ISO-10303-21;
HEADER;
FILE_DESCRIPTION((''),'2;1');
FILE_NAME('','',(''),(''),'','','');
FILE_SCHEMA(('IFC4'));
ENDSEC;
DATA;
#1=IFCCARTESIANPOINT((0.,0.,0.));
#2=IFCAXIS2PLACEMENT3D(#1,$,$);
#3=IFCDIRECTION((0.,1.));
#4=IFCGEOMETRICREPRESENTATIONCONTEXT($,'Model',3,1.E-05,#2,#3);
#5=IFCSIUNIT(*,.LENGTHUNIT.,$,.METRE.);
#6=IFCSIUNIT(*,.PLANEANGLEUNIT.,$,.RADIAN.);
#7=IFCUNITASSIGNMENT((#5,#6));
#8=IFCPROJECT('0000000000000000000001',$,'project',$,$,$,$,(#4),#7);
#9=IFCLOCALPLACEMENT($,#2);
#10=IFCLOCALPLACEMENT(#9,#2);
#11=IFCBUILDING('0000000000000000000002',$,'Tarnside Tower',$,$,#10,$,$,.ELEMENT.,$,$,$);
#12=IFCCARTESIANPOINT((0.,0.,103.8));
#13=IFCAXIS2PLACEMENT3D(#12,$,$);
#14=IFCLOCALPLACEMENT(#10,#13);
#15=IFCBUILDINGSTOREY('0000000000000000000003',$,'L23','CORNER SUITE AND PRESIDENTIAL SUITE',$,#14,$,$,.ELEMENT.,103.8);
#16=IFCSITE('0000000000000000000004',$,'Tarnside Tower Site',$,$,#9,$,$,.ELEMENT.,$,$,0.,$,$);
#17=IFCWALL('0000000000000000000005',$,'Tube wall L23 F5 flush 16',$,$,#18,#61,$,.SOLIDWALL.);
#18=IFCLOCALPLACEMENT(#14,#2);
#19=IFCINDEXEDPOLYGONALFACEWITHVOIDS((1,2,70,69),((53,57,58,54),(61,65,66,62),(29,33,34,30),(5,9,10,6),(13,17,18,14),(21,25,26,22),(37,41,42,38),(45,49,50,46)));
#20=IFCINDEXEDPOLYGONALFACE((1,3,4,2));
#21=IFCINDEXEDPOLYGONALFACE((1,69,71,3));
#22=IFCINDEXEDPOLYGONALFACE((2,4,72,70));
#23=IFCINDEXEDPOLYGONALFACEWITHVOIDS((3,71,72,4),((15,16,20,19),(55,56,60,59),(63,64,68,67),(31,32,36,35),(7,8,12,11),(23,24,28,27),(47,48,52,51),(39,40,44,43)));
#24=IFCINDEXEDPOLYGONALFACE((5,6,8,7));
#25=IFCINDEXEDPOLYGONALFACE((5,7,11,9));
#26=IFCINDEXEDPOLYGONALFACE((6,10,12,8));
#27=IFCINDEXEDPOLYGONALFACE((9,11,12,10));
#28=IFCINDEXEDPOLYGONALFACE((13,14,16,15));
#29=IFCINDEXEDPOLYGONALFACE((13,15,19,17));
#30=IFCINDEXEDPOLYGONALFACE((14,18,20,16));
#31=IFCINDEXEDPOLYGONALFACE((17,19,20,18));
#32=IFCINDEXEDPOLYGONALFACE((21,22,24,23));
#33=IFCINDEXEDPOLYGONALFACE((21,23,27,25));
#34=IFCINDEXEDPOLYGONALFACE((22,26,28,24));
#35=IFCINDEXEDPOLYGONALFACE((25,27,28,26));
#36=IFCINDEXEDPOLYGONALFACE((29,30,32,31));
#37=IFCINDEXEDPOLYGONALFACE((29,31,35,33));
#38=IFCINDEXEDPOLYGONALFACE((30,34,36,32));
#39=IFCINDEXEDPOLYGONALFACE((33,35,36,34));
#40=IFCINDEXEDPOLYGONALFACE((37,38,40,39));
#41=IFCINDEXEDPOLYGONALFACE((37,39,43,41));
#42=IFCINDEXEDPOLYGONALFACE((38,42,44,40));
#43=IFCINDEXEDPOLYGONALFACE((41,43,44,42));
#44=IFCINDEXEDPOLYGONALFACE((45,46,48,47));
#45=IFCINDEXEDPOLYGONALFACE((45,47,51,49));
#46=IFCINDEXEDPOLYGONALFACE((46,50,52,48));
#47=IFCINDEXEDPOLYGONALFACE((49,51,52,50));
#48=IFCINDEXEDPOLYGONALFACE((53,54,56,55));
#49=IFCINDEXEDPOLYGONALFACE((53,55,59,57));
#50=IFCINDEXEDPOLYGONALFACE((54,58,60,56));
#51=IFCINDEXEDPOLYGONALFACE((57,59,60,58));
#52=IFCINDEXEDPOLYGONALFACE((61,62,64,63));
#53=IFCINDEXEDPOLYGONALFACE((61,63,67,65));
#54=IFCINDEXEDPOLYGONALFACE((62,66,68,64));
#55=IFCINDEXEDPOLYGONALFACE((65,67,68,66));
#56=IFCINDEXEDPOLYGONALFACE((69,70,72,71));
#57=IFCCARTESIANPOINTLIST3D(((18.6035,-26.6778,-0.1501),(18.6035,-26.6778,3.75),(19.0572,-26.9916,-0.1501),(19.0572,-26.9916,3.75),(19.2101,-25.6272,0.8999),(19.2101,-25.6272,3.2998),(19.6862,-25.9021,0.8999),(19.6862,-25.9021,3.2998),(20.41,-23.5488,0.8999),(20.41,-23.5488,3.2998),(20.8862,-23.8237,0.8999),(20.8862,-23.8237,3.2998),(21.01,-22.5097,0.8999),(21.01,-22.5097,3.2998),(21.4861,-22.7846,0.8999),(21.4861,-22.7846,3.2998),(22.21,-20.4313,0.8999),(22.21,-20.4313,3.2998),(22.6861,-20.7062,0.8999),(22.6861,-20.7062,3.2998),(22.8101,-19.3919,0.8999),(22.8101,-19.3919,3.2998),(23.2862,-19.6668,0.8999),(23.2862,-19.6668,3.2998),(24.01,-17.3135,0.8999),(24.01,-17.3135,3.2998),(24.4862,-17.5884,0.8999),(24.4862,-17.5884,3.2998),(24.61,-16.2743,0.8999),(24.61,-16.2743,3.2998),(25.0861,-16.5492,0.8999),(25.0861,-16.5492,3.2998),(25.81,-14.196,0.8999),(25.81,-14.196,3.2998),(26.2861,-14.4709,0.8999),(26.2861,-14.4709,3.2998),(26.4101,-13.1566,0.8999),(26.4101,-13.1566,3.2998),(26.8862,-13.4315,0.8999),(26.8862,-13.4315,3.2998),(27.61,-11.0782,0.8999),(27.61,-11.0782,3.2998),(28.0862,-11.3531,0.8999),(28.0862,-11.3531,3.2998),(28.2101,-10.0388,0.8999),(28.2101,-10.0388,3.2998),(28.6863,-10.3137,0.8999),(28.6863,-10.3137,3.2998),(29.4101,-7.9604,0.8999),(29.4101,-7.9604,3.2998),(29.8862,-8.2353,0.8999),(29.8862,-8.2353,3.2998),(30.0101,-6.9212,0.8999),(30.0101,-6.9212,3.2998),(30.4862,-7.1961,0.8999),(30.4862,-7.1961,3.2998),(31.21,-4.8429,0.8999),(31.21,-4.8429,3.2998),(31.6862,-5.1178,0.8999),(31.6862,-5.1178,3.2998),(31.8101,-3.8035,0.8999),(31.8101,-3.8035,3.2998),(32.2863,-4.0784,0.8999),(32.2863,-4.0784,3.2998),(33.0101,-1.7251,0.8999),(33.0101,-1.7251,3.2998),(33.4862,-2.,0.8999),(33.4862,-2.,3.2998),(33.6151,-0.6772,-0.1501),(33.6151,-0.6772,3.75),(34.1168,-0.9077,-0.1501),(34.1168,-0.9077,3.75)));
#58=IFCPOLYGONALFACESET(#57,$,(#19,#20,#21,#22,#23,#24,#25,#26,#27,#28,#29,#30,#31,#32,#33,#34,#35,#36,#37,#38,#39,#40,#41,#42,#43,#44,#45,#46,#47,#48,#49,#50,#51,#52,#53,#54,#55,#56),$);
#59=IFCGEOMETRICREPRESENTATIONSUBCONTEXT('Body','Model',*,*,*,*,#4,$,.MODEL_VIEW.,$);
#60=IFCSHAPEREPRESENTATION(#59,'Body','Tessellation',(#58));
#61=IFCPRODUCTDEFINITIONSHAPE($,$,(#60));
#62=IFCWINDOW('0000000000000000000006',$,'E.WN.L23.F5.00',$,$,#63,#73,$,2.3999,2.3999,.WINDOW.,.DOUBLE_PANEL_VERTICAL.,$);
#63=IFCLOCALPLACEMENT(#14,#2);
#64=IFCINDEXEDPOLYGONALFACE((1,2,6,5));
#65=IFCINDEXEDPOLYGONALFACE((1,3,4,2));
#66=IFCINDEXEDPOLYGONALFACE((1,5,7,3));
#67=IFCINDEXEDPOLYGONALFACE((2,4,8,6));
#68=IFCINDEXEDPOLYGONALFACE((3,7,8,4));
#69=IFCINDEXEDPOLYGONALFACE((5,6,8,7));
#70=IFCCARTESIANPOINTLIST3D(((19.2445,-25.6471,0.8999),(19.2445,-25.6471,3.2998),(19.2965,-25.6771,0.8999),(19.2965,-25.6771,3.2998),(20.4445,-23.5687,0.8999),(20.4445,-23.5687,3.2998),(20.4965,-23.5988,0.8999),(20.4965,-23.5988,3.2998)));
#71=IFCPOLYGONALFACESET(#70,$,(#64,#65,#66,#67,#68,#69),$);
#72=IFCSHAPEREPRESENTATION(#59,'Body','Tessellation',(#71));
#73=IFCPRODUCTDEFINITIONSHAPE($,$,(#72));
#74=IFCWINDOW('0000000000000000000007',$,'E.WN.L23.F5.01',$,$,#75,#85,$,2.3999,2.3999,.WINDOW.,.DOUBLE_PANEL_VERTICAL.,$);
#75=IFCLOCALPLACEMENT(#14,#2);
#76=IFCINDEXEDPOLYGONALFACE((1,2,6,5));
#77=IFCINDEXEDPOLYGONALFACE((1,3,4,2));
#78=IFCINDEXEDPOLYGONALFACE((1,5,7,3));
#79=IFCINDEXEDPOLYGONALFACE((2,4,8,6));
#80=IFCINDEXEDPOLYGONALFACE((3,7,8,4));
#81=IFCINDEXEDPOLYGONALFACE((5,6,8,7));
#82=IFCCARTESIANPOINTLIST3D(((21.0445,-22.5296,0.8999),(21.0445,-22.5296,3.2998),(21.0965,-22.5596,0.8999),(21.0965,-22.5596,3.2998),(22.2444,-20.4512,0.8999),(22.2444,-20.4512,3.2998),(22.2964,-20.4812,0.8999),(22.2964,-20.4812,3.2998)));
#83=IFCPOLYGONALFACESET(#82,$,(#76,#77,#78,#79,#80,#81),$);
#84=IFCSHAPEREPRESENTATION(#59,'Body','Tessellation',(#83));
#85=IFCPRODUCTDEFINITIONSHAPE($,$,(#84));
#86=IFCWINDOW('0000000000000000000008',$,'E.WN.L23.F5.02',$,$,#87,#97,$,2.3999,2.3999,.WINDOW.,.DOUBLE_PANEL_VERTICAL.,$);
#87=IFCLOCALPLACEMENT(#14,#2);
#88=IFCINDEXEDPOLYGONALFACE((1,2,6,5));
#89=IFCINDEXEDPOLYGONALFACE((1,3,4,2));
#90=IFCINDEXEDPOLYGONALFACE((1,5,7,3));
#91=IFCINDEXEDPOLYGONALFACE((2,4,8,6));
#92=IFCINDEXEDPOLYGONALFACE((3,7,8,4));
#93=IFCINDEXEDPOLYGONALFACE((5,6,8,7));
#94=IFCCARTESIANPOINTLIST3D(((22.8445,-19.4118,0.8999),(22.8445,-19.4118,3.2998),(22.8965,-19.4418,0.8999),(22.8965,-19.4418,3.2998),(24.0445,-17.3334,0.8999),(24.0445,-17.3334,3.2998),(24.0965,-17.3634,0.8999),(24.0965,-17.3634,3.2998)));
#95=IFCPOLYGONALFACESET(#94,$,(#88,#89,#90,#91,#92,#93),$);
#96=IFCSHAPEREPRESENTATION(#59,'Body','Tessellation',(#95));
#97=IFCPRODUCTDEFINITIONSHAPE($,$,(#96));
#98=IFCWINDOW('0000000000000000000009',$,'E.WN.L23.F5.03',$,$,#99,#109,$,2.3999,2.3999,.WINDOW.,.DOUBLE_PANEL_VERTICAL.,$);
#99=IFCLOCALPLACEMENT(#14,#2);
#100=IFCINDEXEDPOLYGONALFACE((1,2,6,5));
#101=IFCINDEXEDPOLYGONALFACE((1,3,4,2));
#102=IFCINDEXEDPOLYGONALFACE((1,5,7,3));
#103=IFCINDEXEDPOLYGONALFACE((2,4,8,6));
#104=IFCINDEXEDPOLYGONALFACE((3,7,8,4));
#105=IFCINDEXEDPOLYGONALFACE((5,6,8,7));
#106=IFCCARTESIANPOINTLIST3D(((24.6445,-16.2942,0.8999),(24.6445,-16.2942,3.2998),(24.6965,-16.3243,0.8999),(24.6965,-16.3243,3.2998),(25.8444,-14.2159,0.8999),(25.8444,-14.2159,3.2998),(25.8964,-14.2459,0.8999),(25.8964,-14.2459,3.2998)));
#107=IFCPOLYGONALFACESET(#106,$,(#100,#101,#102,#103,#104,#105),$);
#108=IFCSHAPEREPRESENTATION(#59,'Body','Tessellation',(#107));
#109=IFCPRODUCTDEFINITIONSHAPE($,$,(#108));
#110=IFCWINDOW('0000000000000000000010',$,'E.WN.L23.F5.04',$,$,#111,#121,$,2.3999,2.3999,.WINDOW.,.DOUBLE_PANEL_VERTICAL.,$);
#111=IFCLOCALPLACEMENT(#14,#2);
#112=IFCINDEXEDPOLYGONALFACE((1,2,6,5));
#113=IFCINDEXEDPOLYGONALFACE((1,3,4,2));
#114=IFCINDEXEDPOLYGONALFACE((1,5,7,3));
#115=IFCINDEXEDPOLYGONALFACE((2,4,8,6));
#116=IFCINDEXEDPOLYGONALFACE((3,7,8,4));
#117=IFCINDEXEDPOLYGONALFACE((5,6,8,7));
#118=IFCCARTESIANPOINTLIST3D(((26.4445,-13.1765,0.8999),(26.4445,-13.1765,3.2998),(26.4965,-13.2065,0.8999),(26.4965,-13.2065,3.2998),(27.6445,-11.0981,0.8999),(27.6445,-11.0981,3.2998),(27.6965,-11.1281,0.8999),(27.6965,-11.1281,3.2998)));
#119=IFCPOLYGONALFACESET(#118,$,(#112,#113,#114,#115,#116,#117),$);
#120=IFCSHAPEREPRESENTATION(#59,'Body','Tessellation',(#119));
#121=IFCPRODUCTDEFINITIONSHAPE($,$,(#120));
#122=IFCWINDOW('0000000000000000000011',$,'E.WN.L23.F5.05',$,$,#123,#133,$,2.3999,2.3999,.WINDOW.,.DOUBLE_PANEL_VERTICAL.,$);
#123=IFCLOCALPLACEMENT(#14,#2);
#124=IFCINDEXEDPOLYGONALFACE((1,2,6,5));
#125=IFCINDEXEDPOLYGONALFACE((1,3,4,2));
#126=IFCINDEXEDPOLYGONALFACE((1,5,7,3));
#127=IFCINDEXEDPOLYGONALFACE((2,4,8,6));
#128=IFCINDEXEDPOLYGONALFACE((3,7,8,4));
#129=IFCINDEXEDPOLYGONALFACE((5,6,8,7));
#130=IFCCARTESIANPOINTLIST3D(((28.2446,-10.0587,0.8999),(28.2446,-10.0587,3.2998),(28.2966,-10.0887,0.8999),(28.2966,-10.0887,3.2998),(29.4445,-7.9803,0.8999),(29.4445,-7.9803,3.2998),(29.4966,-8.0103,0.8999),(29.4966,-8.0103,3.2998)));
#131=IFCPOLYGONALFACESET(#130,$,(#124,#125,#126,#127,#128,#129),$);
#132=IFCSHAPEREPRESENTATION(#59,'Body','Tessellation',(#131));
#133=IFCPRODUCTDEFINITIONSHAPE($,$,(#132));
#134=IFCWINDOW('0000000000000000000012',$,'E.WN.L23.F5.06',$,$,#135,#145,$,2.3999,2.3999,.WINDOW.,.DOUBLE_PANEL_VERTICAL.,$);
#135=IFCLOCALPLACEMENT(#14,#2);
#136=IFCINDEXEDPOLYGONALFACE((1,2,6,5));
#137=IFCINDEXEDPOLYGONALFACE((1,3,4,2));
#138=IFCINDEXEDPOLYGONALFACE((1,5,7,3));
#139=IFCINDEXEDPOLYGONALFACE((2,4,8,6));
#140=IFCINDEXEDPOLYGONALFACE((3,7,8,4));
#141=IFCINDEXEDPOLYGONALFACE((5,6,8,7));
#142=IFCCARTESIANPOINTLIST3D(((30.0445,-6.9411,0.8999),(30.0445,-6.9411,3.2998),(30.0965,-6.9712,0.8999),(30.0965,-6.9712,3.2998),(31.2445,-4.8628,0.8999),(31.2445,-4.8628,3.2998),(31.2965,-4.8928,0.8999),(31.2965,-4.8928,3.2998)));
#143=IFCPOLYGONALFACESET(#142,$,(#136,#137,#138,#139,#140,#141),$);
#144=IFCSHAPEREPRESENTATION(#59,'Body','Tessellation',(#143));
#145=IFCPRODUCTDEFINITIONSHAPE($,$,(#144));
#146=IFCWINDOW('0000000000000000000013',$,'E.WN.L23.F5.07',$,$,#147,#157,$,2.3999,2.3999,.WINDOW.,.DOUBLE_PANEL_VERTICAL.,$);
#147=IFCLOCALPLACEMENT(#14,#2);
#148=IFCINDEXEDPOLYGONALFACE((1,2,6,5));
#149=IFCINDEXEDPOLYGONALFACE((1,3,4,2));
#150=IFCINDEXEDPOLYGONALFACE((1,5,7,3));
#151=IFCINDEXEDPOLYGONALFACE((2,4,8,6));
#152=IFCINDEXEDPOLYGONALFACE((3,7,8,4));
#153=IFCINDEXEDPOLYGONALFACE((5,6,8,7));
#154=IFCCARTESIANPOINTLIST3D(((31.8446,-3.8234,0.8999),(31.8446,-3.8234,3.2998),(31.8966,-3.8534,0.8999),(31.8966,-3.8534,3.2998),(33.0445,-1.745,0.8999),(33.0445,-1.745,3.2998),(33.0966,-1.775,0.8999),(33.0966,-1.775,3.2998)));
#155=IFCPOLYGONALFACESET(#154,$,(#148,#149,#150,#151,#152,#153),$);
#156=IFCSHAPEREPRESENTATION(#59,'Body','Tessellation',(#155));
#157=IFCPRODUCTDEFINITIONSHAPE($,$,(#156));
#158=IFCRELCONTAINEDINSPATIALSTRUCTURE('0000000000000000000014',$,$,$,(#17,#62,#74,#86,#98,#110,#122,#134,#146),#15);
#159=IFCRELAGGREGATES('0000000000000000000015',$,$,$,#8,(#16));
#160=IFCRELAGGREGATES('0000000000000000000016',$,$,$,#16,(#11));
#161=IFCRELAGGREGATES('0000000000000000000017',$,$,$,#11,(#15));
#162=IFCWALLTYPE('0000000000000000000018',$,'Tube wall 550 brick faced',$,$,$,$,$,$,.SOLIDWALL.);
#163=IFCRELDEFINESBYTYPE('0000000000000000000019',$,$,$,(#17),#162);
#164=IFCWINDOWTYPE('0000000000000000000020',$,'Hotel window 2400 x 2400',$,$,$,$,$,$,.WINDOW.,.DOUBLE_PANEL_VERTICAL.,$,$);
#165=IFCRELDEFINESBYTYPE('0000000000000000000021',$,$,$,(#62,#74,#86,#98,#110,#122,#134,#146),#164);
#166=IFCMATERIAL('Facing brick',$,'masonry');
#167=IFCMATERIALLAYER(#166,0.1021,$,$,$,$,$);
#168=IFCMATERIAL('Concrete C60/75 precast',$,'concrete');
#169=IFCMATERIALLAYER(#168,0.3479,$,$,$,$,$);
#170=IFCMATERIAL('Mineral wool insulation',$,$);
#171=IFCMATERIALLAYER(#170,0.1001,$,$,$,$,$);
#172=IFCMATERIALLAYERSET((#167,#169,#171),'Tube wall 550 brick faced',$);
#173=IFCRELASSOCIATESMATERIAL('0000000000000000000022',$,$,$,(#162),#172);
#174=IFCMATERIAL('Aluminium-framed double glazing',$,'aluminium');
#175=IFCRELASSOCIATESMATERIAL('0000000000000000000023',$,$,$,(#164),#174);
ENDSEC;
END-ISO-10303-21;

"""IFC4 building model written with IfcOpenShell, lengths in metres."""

from ifc_helpers import new_model, si_unit, direction, frame, frame_2d, origin, place, context, subcontext, project, spatial, polyline, rectangle, outline, extrude, material, layer, layer_set, type_object, element, fill, save


model = new_model("IFC4")

# Units and contexts
model_context = context("Model", 3, precision=1e-05, world=origin(), true_north=direction((0.0, 1.0)))
body_context = subcontext(model_context, "Body", "Model", "MODEL_VIEW")
ifc_project = project(units=[si_unit("LENGTHUNIT", "METRE"), si_unit("PLANEANGLEUNIT", "RADIAN")], contexts=[model_context])

# Site, building, storey
site_placement = place(None, origin())
site = spatial("IfcSite", under=ifc_project, at=site_placement, Name="Tarnside Tower Site", CompositionType="ELEMENT", RefElevation=0.0)
building_placement = place(site_placement, origin())
building = spatial("IfcBuilding", under=site, at=building_placement, Name="Tarnside Tower", CompositionType="ELEMENT")
storey_placement = place(building_placement, frame((0.0, 0.0, 103.8)))
storey = spatial("IfcBuildingStorey", under=building, at=storey_placement, Name="L23", Description="CORNER SUITE AND PRESIDENTIAL SUITE", CompositionType="ELEMENT", Elevation=103.8)

# Shared definitions
ifc_material_1 = material(Name="Facing brick", Category="masonry")
ifc_layer_1 = layer(ifc_material_1, 0.1021)
ifc_material_2 = material(Name="Concrete C60/75 precast", Category="concrete")
ifc_layer_2 = layer(ifc_material_2, 0.3479)
ifc_material_3 = material(Name="Mineral wool insulation")
ifc_layer_3 = layer(ifc_material_3, 0.1001)
ifc_layer_set_1 = layer_set([ifc_layer_1, ifc_layer_2, ifc_layer_3], Name="Tube wall 550 brick faced")
wall_type_1 = type_object("IfcWallType", Name="Tube wall 550 brick faced", PredefinedType="SOLIDWALL", material=ifc_layer_set_1)

# Wall, openings, windows
wall_1_placement = place(storey_placement, frame((18.8303, -26.8347, -0.1501), z_axis=(0.0, 0.0, 1.0), x_axis=(0.500004, 0.866023, 0.0)))
wall_1 = element("IfcWall", 1, at=wall_1_placement, inside=storey, type_object=wall_type_1, Name="Tube wall L23 F5 flush 16", PredefinedType="SOLIDWALL", context=body_context, shape_type="SweptSolid", body=[
    extrude(outline(polyline([(-0.0225, -0.2749), (30.0967, -0.2749), (30.0454, 0.2749), (0.0225, 0.2749), (-0.0225, -0.2749)])), origin(), (0.0, 0.0, 1.0), 3.9001),
])
opening_1_placement = place(wall_1_placement, frame((1.2356, 0.0, 1.05)))
opening_1 = element("IfcOpeningElement", 2, at=opening_1_placement, cuts=wall_1, PredefinedType="OPENING", context=body_context, shape_type="SweptSolid", body=[
    extrude(rectangle(XDim=2.3999, YDim=2.3999, at=frame_2d((1.2, 1.2))), frame((0.0, 0.2852, 0.0), z_axis=(0.0, -1.0, 0.0), x_axis=(1.0, 0.0, 0.0)), (0.0, 0.0, 1.0), 0.5701),
])
opening_2_placement = place(wall_1_placement, frame((4.8354, 0.0, 1.05)))
opening_2 = element("IfcOpeningElement", 3, at=opening_2_placement, cuts=wall_1, PredefinedType="OPENING", context=body_context, shape_type="SweptSolid", body=[
    extrude(rectangle(XDim=2.3999, YDim=2.3999, at=frame_2d((1.2, 1.2))), frame((0.0, 0.2852, 0.0), z_axis=(0.0, -1.0, 0.0), x_axis=(1.0, 0.0, 0.0)), (0.0, 0.0, 1.0), 0.5701),
])
opening_3_placement = place(wall_1_placement, frame((8.4355, 0.0, 1.05)))
opening_3 = element("IfcOpeningElement", 4, at=opening_3_placement, cuts=wall_1, PredefinedType="OPENING", context=body_context, shape_type="SweptSolid", body=[
    extrude(rectangle(XDim=2.3999, YDim=2.3999, at=frame_2d((1.2, 1.2))), frame((0.0, 0.2852, 0.0), z_axis=(0.0, -1.0, 0.0), x_axis=(1.0, 0.0, 0.0)), (0.0, 0.0, 1.0), 0.5701),
])
opening_4_placement = place(wall_1_placement, frame((12.0354, 0.0, 1.05)))
opening_4 = element("IfcOpeningElement", 5, at=opening_4_placement, cuts=wall_1, PredefinedType="OPENING", context=body_context, shape_type="SweptSolid", body=[
    extrude(rectangle(XDim=2.3999, YDim=2.3999, at=frame_2d((1.2, 1.2))), frame((0.0, 0.2852, 0.0), z_axis=(0.0, -1.0, 0.0), x_axis=(1.0, 0.0, 0.0)), (0.0, 0.0, 1.0), 0.5701),
])
opening_5_placement = place(wall_1_placement, frame((15.6355, 0.0, 1.05)))
opening_5 = element("IfcOpeningElement", 6, at=opening_5_placement, cuts=wall_1, PredefinedType="OPENING", context=body_context, shape_type="SweptSolid", body=[
    extrude(rectangle(XDim=2.3999, YDim=2.3999, at=frame_2d((1.2, 1.2))), frame((0.0, 0.2852, 0.0), z_axis=(0.0, -1.0, 0.0), x_axis=(1.0, 0.0, 0.0)), (0.0, 0.0, 1.0), 0.5701),
])
opening_6_placement = place(wall_1_placement, frame((19.2356, 0.0, 1.05)))
opening_6 = element("IfcOpeningElement", 7, at=opening_6_placement, cuts=wall_1, PredefinedType="OPENING", context=body_context, shape_type="SweptSolid", body=[
    extrude(rectangle(XDim=2.3999, YDim=2.3999, at=frame_2d((1.2, 1.2))), frame((0.0, 0.2852, 0.0), z_axis=(0.0, -1.0, 0.0), x_axis=(1.0, 0.0, 0.0)), (0.0, 0.0, 1.0), 0.5701),
])
opening_7_placement = place(wall_1_placement, frame((22.8354, 0.0, 1.05)))
opening_7 = element("IfcOpeningElement", 8, at=opening_7_placement, cuts=wall_1, PredefinedType="OPENING", context=body_context, shape_type="SweptSolid", body=[
    extrude(rectangle(XDim=2.3999, YDim=2.3999, at=frame_2d((1.2, 1.2))), frame((0.0, 0.2852, 0.0), z_axis=(0.0, -1.0, 0.0), x_axis=(1.0, 0.0, 0.0)), (0.0, 0.0, 1.0), 0.5701),
])
opening_8_placement = place(wall_1_placement, frame((26.4355, 0.0, 1.05)))
opening_8 = element("IfcOpeningElement", 9, at=opening_8_placement, cuts=wall_1, PredefinedType="OPENING", context=body_context, shape_type="SweptSolid", body=[
    extrude(rectangle(XDim=2.3999, YDim=2.3999, at=frame_2d((1.2, 1.2))), frame((0.0, 0.2852, 0.0), z_axis=(0.0, -1.0, 0.0), x_axis=(1.0, 0.0, 0.0)), (0.0, 0.0, 1.0), 0.5701),
])
ifc_material_4 = material(Name="Aluminium-framed double glazing", Category="aluminium")
window_type = type_object("IfcWindowType", Name="Hotel window 2400 x 2400", PartitioningType="DOUBLE_PANEL_VERTICAL", PredefinedType="WINDOW", material=ifc_material_4)
window_1_placement = place(opening_1_placement, frame((0.0, 0.2051, 0.0)))
window_1 = element("IfcWindow", 10, at=window_1_placement, inside=storey, type_object=window_type, Name="E.WN.L23.F5.00", OverallHeight=2.3999, OverallWidth=2.3999, PartitioningType="DOUBLE_PANEL_VERTICAL", PredefinedType="WINDOW", context=body_context, shape_type="SweptSolid", body=[
    extrude(rectangle(XDim=2.3999, YDim=2.3999, at=frame_2d((1.2, 1.2))), frame((0.0, 0.03, 0.0), z_axis=(0.0, -1.0, 0.0), x_axis=(1.0, 0.0, 0.0)), (0.0, 0.0, 1.0), 0.0601),
])
fill(opening_1, window_1)
window_2_placement = place(opening_2_placement, frame((0.0, 0.2051, 0.0)))
window_2 = element("IfcWindow", 11, at=window_2_placement, inside=storey, type_object=window_type, Name="E.WN.L23.F5.01", OverallHeight=2.3999, OverallWidth=2.3999, PartitioningType="DOUBLE_PANEL_VERTICAL", PredefinedType="WINDOW", context=body_context, shape_type="SweptSolid", body=[
    extrude(rectangle(XDim=2.3999, YDim=2.3999, at=frame_2d((1.2, 1.2))), frame((0.0, 0.03, 0.0), z_axis=(0.0, -1.0, 0.0), x_axis=(1.0, 0.0, 0.0)), (0.0, 0.0, 1.0), 0.0601),
])
fill(opening_2, window_2)
window_3_placement = place(opening_3_placement, frame((0.0, 0.2051, 0.0)))
window_3 = element("IfcWindow", 12, at=window_3_placement, inside=storey, type_object=window_type, Name="E.WN.L23.F5.02", OverallHeight=2.3999, OverallWidth=2.3999, PartitioningType="DOUBLE_PANEL_VERTICAL", PredefinedType="WINDOW", context=body_context, shape_type="SweptSolid", body=[
    extrude(rectangle(XDim=2.3999, YDim=2.3999, at=frame_2d((1.2, 1.2))), frame((0.0, 0.03, 0.0), z_axis=(0.0, -1.0, 0.0), x_axis=(1.0, 0.0, 0.0)), (0.0, 0.0, 1.0), 0.0601),
])
fill(opening_3, window_3)
window_4_placement = place(opening_4_placement, frame((0.0, 0.2051, 0.0)))
window_4 = element("IfcWindow", 13, at=window_4_placement, inside=storey, type_object=window_type, Name="E.WN.L23.F5.03", OverallHeight=2.3999, OverallWidth=2.3999, PartitioningType="DOUBLE_PANEL_VERTICAL", PredefinedType="WINDOW", context=body_context, shape_type="SweptSolid", body=[
    extrude(rectangle(XDim=2.3999, YDim=2.3999, at=frame_2d((1.2, 1.2))), frame((0.0, 0.03, 0.0), z_axis=(0.0, -1.0, 0.0), x_axis=(1.0, 0.0, 0.0)), (0.0, 0.0, 1.0), 0.0601),
])
fill(opening_4, window_4)
window_5_placement = place(opening_5_placement, frame((0.0, 0.2051, 0.0)))
window_5 = element("IfcWindow", 14, at=window_5_placement, inside=storey, type_object=window_type, Name="E.WN.L23.F5.04", OverallHeight=2.3999, OverallWidth=2.3999, PartitioningType="DOUBLE_PANEL_VERTICAL", PredefinedType="WINDOW", context=body_context, shape_type="SweptSolid", body=[
    extrude(rectangle(XDim=2.3999, YDim=2.3999, at=frame_2d((1.2, 1.2))), frame((0.0, 0.03, 0.0), z_axis=(0.0, -1.0, 0.0), x_axis=(1.0, 0.0, 0.0)), (0.0, 0.0, 1.0), 0.0601),
])
fill(opening_5, window_5)
window_6_placement = place(opening_6_placement, frame((0.0, 0.2051, 0.0)))
window_6 = element("IfcWindow", 15, at=window_6_placement, inside=storey, type_object=window_type, Name="E.WN.L23.F5.05", OverallHeight=2.3999, OverallWidth=2.3999, PartitioningType="DOUBLE_PANEL_VERTICAL", PredefinedType="WINDOW", context=body_context, shape_type="SweptSolid", body=[
    extrude(rectangle(XDim=2.3999, YDim=2.3999, at=frame_2d((1.2, 1.2))), frame((0.0, 0.03, 0.0), z_axis=(0.0, -1.0, 0.0), x_axis=(1.0, 0.0, 0.0)), (0.0, 0.0, 1.0), 0.0601),
])
fill(opening_6, window_6)
window_7_placement = place(opening_7_placement, frame((0.0, 0.2051, 0.0)))
window_7 = element("IfcWindow", 16, at=window_7_placement, inside=storey, type_object=window_type, Name="E.WN.L23.F5.06", OverallHeight=2.3999, OverallWidth=2.3999, PartitioningType="DOUBLE_PANEL_VERTICAL", PredefinedType="WINDOW", context=body_context, shape_type="SweptSolid", body=[
    extrude(rectangle(XDim=2.3999, YDim=2.3999, at=frame_2d((1.2, 1.2))), frame((0.0, 0.03, 0.0), z_axis=(0.0, -1.0, 0.0), x_axis=(1.0, 0.0, 0.0)), (0.0, 0.0, 1.0), 0.0601),
])
fill(opening_7, window_7)
window_8_placement = place(opening_8_placement, frame((0.0, 0.2051, 0.0)))
window_8 = element("IfcWindow", 17, at=window_8_placement, inside=storey, type_object=window_type, Name="E.WN.L23.F5.07", OverallHeight=2.3999, OverallWidth=2.3999, PartitioningType="DOUBLE_PANEL_VERTICAL", PredefinedType="WINDOW", context=body_context, shape_type="SweptSolid", body=[
    extrude(rectangle(XDim=2.3999, YDim=2.3999, at=frame_2d((1.2, 1.2))), frame((0.0, 0.03, 0.0), z_axis=(0.0, -1.0, 0.0), x_axis=(1.0, 0.0, 0.0)), (0.0, 0.0, 1.0), 0.0601),
])
fill(opening_8, window_8)

save(model, "model.ifc")
